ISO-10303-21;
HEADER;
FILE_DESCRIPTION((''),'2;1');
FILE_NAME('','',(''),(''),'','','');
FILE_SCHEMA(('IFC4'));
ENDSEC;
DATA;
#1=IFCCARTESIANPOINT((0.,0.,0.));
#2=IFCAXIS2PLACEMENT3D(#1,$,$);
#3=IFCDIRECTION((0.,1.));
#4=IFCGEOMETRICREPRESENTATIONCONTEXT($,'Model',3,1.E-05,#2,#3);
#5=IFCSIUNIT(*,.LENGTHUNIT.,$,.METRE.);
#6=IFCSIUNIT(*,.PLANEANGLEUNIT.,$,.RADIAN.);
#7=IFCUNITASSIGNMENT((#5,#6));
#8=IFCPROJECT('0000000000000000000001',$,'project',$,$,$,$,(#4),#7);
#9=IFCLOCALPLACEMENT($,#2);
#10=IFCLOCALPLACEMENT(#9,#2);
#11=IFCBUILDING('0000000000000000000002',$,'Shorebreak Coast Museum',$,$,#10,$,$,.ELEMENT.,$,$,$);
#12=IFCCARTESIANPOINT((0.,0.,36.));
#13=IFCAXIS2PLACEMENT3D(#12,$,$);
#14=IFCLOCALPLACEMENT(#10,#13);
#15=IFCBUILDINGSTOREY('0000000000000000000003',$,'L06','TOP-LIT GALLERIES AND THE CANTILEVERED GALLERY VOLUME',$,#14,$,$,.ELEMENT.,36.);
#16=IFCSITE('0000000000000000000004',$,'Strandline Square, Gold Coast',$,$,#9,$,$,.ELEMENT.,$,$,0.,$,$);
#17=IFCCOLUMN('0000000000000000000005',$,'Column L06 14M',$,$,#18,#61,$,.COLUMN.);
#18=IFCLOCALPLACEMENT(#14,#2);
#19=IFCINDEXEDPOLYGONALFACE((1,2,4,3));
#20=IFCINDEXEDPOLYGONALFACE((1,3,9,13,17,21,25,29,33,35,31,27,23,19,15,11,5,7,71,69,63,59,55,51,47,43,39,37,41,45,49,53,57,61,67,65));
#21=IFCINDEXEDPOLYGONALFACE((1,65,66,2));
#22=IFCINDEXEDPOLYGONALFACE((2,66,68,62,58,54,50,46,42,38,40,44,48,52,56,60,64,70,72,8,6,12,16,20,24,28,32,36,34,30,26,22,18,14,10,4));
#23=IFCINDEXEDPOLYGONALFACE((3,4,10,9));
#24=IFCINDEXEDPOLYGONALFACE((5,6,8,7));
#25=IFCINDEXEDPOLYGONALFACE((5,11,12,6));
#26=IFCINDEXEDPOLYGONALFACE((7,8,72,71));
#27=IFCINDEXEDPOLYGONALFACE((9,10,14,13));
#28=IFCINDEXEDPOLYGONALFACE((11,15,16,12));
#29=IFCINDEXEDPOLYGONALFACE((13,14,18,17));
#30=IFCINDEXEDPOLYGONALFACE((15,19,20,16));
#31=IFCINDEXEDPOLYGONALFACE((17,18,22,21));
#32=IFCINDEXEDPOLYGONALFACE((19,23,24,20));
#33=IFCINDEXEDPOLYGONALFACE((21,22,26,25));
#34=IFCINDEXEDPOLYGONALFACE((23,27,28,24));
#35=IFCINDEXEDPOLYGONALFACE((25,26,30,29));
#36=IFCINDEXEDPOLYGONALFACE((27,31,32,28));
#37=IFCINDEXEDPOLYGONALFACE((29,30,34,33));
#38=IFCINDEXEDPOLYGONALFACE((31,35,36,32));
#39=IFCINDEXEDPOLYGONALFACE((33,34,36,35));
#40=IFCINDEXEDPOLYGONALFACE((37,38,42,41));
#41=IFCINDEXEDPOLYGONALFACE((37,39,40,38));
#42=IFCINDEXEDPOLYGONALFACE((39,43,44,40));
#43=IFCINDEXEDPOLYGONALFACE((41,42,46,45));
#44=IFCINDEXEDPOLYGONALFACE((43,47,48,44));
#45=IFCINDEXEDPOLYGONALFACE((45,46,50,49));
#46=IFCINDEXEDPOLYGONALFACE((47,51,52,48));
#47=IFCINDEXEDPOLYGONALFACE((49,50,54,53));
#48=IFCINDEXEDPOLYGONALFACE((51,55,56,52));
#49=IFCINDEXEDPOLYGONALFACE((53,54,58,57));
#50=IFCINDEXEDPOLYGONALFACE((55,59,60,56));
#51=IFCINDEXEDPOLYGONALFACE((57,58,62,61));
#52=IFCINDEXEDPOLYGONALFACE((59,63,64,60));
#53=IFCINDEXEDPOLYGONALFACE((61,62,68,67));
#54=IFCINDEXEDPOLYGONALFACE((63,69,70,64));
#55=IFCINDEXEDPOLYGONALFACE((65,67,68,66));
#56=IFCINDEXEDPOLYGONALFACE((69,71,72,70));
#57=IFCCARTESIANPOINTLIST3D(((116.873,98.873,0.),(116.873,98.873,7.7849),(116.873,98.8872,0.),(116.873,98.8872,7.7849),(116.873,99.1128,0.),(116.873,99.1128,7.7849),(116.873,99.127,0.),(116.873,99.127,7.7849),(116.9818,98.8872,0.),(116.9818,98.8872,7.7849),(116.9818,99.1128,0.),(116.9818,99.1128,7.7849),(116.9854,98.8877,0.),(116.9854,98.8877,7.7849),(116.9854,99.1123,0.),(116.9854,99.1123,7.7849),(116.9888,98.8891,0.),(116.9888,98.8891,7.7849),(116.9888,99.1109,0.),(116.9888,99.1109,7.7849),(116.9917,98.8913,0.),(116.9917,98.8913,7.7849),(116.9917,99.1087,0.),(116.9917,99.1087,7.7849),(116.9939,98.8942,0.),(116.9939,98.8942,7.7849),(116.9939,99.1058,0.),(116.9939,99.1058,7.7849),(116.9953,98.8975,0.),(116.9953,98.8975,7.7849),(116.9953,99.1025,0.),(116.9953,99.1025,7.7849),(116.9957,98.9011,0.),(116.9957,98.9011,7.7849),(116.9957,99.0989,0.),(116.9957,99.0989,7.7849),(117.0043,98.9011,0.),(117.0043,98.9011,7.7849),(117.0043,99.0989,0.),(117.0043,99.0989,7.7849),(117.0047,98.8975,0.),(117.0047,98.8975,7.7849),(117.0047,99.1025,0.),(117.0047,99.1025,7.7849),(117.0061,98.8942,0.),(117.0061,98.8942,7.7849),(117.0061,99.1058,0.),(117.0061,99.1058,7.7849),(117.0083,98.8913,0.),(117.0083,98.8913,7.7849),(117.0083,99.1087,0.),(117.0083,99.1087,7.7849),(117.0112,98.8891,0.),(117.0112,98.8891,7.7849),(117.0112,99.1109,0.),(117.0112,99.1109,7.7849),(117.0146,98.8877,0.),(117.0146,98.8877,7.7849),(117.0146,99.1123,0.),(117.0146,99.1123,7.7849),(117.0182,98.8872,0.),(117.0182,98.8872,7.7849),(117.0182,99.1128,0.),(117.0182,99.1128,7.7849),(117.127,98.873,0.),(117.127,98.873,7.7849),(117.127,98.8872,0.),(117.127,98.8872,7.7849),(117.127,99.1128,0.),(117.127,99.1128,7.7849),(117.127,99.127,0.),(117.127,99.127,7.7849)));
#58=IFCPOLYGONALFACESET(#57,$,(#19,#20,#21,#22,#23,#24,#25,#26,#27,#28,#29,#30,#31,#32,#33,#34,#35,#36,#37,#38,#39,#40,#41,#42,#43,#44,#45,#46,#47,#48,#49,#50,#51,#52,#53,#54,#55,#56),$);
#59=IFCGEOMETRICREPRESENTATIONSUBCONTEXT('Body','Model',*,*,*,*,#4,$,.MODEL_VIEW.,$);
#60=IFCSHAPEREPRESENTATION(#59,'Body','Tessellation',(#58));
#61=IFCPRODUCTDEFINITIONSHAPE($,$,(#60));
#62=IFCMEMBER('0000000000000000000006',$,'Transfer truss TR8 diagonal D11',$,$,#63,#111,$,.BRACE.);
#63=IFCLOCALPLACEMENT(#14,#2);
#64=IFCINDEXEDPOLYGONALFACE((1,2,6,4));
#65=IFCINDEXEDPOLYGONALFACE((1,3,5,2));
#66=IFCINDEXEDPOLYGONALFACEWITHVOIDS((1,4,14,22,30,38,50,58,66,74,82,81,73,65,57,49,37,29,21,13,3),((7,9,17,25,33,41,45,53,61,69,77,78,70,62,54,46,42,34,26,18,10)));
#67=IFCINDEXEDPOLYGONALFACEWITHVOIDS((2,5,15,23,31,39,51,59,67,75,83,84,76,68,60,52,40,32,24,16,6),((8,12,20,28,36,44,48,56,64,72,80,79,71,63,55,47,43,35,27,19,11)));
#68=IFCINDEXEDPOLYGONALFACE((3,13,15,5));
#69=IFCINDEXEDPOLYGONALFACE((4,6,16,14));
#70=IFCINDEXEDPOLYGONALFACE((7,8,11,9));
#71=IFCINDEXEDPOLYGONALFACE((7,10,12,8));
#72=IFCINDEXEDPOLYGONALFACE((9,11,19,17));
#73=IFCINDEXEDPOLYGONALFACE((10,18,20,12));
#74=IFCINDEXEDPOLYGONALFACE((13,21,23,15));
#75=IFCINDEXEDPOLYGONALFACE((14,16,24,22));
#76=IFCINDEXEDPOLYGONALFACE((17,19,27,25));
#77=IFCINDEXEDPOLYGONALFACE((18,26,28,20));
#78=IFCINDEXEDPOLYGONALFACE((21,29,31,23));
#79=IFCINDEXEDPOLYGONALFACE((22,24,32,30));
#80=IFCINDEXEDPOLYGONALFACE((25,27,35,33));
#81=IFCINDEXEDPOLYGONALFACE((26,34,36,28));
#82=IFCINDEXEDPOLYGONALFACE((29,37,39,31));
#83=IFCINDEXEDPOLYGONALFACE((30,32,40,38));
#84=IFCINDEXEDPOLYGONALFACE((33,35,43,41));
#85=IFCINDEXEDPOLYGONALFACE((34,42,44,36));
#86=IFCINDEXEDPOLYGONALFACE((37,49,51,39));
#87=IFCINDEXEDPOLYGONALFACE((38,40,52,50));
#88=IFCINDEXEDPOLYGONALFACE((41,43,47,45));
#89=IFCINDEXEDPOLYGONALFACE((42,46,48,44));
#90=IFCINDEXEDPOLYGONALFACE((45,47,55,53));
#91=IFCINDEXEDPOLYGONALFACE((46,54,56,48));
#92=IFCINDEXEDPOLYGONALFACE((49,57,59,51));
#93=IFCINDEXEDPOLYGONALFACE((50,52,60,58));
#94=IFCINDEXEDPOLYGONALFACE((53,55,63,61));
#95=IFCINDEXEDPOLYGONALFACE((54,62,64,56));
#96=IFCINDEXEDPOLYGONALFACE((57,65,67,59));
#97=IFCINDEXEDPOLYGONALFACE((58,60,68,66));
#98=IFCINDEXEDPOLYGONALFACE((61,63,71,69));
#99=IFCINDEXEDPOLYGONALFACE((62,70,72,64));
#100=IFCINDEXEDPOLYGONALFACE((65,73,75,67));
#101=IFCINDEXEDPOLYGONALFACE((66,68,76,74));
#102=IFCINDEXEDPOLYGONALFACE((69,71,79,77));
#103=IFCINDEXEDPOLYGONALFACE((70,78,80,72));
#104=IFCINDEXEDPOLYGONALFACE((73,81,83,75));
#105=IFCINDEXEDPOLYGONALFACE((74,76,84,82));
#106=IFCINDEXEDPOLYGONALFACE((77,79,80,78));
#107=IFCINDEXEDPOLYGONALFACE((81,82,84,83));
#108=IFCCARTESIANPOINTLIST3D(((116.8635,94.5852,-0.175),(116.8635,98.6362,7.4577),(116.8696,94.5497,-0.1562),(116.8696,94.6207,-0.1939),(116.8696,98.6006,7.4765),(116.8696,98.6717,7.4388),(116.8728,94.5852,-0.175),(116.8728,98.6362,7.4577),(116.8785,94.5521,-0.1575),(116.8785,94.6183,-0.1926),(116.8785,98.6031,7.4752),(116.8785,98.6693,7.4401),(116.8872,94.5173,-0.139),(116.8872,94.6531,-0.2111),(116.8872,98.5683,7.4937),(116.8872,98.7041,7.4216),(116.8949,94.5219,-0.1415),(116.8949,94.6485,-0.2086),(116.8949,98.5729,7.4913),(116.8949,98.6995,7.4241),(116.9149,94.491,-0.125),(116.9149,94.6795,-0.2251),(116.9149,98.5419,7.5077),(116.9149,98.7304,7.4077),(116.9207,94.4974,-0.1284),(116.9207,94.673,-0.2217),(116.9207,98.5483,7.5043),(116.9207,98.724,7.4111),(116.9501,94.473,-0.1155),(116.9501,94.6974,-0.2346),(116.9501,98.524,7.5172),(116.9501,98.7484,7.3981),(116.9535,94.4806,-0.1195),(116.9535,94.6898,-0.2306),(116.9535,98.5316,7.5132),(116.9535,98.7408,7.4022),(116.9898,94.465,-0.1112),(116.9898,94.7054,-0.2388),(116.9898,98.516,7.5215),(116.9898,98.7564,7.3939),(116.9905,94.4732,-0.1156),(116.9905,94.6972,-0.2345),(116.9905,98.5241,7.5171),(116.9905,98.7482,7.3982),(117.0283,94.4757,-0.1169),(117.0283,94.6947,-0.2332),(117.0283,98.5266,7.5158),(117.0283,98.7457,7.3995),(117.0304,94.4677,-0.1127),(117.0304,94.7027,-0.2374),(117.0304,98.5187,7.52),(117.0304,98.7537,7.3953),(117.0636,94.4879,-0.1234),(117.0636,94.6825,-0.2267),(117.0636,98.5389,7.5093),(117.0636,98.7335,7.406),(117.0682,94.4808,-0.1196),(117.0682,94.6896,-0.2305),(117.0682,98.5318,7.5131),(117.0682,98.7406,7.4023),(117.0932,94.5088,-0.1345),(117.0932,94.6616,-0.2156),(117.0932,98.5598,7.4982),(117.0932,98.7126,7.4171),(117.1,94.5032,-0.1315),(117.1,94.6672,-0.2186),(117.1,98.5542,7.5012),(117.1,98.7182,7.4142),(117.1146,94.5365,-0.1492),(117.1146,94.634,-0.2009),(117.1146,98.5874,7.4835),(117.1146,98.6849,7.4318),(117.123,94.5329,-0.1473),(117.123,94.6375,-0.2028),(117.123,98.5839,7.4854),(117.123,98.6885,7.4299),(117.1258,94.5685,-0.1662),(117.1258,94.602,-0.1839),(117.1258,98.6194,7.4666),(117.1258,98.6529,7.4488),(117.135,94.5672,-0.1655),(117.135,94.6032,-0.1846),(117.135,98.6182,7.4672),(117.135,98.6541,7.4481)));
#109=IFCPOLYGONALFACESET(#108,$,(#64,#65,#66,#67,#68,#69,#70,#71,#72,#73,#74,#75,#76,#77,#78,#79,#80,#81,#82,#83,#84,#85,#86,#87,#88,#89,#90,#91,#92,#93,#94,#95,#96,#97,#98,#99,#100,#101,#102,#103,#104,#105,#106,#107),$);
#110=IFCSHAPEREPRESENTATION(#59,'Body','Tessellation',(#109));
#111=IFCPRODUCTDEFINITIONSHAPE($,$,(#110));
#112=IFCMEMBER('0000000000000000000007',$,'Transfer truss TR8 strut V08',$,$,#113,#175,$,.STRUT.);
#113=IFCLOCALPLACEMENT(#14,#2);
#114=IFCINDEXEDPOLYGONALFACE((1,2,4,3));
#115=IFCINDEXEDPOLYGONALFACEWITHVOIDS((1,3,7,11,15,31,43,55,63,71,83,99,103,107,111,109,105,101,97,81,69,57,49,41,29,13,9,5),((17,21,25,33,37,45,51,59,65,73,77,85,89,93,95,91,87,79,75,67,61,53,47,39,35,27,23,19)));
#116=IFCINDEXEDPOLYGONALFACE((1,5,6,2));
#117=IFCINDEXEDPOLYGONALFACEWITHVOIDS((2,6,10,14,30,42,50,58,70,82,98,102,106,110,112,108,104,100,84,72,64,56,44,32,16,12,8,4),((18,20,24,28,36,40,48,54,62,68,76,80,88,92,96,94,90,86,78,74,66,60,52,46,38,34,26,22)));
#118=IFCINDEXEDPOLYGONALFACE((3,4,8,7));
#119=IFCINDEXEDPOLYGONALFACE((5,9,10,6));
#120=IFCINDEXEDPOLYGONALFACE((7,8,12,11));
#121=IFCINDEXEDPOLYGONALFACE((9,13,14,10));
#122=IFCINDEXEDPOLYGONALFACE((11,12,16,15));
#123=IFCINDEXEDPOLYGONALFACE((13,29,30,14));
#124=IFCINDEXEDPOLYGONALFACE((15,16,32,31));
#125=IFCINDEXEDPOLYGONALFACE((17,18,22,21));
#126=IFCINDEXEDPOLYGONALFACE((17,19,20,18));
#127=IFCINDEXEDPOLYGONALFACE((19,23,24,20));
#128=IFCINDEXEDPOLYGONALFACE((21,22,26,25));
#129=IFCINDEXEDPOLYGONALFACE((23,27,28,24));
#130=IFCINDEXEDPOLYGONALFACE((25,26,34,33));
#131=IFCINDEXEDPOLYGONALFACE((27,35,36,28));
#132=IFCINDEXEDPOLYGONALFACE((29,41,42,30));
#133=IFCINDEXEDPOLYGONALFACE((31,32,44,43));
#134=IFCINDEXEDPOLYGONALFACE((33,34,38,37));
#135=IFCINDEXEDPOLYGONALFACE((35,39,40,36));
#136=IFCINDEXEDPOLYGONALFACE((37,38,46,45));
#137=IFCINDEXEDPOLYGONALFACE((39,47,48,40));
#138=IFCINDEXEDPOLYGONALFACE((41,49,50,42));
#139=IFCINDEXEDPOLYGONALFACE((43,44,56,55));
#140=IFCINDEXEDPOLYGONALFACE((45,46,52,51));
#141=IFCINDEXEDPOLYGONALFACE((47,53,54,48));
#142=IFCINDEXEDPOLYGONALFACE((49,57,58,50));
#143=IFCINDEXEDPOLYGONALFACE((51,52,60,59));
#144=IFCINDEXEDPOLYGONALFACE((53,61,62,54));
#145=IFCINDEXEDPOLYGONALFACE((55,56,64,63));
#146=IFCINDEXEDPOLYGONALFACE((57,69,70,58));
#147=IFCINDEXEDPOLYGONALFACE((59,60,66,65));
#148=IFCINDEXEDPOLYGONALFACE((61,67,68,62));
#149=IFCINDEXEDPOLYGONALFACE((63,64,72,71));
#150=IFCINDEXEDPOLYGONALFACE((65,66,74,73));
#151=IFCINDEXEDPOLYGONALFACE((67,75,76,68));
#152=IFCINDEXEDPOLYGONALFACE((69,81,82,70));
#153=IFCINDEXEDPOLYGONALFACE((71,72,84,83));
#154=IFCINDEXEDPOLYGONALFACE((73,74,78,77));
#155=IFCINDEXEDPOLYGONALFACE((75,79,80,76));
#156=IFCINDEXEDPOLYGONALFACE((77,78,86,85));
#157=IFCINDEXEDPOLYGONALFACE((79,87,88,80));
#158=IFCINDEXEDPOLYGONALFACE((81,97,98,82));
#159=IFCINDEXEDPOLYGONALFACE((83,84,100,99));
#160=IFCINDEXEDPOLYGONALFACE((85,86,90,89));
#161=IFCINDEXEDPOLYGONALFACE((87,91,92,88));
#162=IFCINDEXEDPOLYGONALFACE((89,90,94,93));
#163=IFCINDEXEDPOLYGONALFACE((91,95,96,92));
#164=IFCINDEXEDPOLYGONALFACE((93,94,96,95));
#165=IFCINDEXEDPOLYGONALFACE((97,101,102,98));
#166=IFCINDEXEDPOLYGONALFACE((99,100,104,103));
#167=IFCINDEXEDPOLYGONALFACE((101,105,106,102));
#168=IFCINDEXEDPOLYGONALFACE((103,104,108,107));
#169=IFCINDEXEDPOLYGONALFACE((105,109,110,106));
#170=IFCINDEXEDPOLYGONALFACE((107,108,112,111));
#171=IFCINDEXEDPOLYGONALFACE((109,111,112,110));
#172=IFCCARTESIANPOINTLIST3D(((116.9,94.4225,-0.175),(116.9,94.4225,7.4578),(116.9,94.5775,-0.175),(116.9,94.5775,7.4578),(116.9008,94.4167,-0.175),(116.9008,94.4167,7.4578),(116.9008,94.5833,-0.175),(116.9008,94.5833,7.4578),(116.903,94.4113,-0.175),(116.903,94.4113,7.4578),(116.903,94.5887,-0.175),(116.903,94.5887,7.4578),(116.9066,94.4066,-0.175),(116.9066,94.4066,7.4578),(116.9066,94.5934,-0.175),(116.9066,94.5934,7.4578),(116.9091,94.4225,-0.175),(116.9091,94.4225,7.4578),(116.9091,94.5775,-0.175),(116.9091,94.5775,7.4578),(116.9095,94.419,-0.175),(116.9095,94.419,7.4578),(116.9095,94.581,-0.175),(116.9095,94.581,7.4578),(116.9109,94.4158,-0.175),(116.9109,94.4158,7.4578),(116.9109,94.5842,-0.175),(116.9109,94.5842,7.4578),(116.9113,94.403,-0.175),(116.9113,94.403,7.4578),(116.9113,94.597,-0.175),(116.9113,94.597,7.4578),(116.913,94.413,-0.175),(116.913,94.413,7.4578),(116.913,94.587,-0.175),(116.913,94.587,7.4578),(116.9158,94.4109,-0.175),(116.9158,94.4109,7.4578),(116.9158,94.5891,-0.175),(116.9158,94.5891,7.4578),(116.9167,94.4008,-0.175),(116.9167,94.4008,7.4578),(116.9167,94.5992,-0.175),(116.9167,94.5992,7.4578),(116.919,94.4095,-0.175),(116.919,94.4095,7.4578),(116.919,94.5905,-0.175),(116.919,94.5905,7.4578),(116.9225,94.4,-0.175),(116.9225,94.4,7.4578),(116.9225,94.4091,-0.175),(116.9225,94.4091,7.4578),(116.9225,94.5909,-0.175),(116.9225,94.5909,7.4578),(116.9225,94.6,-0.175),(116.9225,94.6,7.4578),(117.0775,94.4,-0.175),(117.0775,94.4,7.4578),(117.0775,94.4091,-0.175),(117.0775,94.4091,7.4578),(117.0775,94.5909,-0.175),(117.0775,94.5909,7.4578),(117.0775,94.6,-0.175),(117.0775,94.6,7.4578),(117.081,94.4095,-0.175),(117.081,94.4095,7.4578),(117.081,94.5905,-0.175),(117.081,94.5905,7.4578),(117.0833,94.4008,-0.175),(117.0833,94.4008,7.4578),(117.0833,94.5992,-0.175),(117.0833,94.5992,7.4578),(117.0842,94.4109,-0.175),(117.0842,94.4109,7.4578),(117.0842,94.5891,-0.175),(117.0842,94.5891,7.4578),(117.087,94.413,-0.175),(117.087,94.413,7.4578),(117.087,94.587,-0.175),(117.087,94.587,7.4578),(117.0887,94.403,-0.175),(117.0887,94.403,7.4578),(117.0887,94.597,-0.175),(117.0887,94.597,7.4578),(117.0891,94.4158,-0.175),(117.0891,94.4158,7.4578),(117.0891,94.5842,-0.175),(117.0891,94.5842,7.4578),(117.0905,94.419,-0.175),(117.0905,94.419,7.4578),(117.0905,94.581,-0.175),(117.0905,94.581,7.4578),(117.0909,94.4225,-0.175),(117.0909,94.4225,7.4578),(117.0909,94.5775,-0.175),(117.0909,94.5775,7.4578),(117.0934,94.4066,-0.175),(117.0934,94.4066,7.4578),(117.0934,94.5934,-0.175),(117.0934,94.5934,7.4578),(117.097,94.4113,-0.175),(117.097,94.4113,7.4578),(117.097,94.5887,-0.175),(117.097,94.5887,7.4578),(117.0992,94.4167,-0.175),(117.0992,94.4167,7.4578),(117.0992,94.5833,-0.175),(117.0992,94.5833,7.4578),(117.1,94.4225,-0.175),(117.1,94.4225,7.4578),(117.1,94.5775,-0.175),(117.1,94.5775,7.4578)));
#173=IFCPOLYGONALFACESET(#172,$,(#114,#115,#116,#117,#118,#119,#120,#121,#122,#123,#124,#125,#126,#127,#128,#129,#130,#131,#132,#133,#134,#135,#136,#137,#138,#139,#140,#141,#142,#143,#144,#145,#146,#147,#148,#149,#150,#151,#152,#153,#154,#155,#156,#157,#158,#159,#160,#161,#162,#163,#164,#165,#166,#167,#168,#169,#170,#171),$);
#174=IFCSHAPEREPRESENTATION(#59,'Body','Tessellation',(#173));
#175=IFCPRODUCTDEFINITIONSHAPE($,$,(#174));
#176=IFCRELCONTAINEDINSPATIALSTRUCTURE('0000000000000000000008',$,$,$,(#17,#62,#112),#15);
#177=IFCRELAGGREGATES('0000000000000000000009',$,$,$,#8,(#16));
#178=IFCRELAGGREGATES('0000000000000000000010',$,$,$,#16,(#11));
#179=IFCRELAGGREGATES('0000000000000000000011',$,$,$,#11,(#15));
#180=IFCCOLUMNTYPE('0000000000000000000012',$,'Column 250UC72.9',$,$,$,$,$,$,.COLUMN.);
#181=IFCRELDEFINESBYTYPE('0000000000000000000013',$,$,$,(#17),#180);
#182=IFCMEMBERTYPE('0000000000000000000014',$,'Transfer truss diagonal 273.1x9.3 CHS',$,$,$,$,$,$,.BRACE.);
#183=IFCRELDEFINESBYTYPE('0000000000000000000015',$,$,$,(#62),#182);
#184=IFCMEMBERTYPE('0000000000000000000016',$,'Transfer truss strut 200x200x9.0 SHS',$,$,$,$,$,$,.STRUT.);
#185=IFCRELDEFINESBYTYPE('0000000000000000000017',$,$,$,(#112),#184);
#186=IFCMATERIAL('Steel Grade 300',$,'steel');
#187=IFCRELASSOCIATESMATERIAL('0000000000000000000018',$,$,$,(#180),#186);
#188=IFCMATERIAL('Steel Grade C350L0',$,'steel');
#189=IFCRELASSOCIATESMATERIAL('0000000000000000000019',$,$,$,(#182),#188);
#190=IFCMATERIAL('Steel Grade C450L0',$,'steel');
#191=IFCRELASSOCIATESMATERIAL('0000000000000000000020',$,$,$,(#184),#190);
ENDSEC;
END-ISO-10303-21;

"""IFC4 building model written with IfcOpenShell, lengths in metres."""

from ifc_helpers import new_model, si_unit, direction, frame, origin, origin_2d, place, context, subcontext, project, spatial, hollow_rectangle, hollow_circle, i_section, extrude, material, material_profile, profile_set, type_object, element, save


model = new_model("IFC4")

# Units and contexts
model_context = context("Model", 3, precision=1e-05, world=origin(), true_north=direction((0.0, 1.0)))
body_context = subcontext(model_context, "Body", "Model", "MODEL_VIEW")
ifc_project = project(units=[si_unit("LENGTHUNIT", "METRE"), si_unit("PLANEANGLEUNIT", "RADIAN")], contexts=[model_context])

# Site, building, storey
site_placement = place(None, origin())
site = spatial("IfcSite", under=ifc_project, at=site_placement, Name="Strandline Square, Gold Coast", CompositionType="ELEMENT", RefElevation=0.0)
building_placement = place(site_placement, origin())
building = spatial("IfcBuilding", under=site, at=building_placement, Name="Shorebreak Coast Museum", CompositionType="ELEMENT")
storey_placement = place(building_placement, frame((0.0, 0.0, 36.0)))
storey = spatial("IfcBuildingStorey", under=building, at=storey_placement, Name="L06", Description="TOP-LIT GALLERIES AND THE CANTILEVERED GALLERY VOLUME", CompositionType="ELEMENT", Elevation=36.0)

# Column
ifc_material_1 = material(Name="Steel Grade 300", Category="steel")
ifc_material_profile_1 = material_profile(ifc_material_1, i_section(OverallWidth=0.2539, OverallDepth=0.2539, WebThickness=0.0085, FlangeThickness=0.0142, FilletRadius=0.0139, at=origin_2d()), Name="250UC72.9")
ifc_profile_set_1 = profile_set([ifc_material_profile_1], Name="Steel Grade 300")
column_type = type_object("IfcColumnType", Name="Column 250UC72.9", PredefinedType="COLUMN", material=ifc_profile_set_1)
column_placement = place(storey_placement, frame((117.0, 99.0, 0.0), z_axis=(0.0, 0.0, 1.0), x_axis=(1.0, 0.0, 0.0)))
element("IfcColumn", 1, at=column_placement, inside=storey, type_object=column_type, Name="Column L06 14M", PredefinedType="COLUMN", context=body_context, shape_type="SweptSolid", body=[
    extrude(i_section(OverallWidth=0.2539, OverallDepth=0.2539, WebThickness=0.0085, FlangeThickness=0.0142, FilletRadius=0.0139, at=origin_2d()), origin(), (0.0, 0.0, 1.0), 7.7849),
])

# Members
ifc_material_2 = material(Name="Steel Grade C350L0", Category="steel")
ifc_material_profile_2 = material_profile(ifc_material_2, hollow_circle(Radius=0.1365, WallThickness=0.0093, at=origin_2d()), Name="273.1x9.3 CHS")
ifc_profile_set_2 = profile_set([ifc_material_profile_2], Name="Steel Grade C350L0")
member_type_1 = type_object("IfcMemberType", Name="Transfer truss diagonal 273.1x9.3 CHS", PredefinedType="BRACE", material=ifc_profile_set_2)
member_1_placement = place(storey_placement, frame((117.0, 94.5852, -0.175), z_axis=(0.0, 0.468803, 0.883303), x_axis=(-1.0, 0.0, 0.0)))
element("IfcMember", 2, at=member_1_placement, inside=storey, type_object=member_type_1, Name="Transfer truss TR8 diagonal D11", PredefinedType="BRACE", context=body_context, shape_type="SweptSolid", body=[
    extrude(hollow_circle(Radius=0.1365, WallThickness=0.0093, at=origin_2d()), origin(), (0.0, 0.0, 1.0), 8.6411),
])
ifc_material_3 = material(Name="Steel Grade C450L0", Category="steel")
ifc_material_profile_3 = material_profile(ifc_material_3, hollow_rectangle(XDim=0.2, YDim=0.2, WallThickness=0.009, InnerFilletRadius=0.0134, OuterFilletRadius=0.0225, at=origin_2d()), Name="200x200x9.0 SHS")
ifc_profile_set_3 = profile_set([ifc_material_profile_3], Name="Steel Grade C450L0")
member_type_2 = type_object("IfcMemberType", Name="Transfer truss strut 200x200x9.0 SHS", PredefinedType="STRUT", material=ifc_profile_set_3)
member_2_placement = place(storey_placement, frame((117.0, 94.5, -0.175), z_axis=(0.0, 0.0, 1.0), x_axis=(1.0, 0.0, 0.0)))
element("IfcMember", 3, at=member_2_placement, inside=storey, type_object=member_type_2, Name="Transfer truss TR8 strut V08", PredefinedType="STRUT", context=body_context, shape_type="SweptSolid", body=[
    extrude(hollow_rectangle(XDim=0.2, YDim=0.2, WallThickness=0.009, InnerFilletRadius=0.0134, OuterFilletRadius=0.0225, at=origin_2d()), origin(), (0.0, 0.0, 1.0), 7.6328),
])

save(model, "model.ifc")
